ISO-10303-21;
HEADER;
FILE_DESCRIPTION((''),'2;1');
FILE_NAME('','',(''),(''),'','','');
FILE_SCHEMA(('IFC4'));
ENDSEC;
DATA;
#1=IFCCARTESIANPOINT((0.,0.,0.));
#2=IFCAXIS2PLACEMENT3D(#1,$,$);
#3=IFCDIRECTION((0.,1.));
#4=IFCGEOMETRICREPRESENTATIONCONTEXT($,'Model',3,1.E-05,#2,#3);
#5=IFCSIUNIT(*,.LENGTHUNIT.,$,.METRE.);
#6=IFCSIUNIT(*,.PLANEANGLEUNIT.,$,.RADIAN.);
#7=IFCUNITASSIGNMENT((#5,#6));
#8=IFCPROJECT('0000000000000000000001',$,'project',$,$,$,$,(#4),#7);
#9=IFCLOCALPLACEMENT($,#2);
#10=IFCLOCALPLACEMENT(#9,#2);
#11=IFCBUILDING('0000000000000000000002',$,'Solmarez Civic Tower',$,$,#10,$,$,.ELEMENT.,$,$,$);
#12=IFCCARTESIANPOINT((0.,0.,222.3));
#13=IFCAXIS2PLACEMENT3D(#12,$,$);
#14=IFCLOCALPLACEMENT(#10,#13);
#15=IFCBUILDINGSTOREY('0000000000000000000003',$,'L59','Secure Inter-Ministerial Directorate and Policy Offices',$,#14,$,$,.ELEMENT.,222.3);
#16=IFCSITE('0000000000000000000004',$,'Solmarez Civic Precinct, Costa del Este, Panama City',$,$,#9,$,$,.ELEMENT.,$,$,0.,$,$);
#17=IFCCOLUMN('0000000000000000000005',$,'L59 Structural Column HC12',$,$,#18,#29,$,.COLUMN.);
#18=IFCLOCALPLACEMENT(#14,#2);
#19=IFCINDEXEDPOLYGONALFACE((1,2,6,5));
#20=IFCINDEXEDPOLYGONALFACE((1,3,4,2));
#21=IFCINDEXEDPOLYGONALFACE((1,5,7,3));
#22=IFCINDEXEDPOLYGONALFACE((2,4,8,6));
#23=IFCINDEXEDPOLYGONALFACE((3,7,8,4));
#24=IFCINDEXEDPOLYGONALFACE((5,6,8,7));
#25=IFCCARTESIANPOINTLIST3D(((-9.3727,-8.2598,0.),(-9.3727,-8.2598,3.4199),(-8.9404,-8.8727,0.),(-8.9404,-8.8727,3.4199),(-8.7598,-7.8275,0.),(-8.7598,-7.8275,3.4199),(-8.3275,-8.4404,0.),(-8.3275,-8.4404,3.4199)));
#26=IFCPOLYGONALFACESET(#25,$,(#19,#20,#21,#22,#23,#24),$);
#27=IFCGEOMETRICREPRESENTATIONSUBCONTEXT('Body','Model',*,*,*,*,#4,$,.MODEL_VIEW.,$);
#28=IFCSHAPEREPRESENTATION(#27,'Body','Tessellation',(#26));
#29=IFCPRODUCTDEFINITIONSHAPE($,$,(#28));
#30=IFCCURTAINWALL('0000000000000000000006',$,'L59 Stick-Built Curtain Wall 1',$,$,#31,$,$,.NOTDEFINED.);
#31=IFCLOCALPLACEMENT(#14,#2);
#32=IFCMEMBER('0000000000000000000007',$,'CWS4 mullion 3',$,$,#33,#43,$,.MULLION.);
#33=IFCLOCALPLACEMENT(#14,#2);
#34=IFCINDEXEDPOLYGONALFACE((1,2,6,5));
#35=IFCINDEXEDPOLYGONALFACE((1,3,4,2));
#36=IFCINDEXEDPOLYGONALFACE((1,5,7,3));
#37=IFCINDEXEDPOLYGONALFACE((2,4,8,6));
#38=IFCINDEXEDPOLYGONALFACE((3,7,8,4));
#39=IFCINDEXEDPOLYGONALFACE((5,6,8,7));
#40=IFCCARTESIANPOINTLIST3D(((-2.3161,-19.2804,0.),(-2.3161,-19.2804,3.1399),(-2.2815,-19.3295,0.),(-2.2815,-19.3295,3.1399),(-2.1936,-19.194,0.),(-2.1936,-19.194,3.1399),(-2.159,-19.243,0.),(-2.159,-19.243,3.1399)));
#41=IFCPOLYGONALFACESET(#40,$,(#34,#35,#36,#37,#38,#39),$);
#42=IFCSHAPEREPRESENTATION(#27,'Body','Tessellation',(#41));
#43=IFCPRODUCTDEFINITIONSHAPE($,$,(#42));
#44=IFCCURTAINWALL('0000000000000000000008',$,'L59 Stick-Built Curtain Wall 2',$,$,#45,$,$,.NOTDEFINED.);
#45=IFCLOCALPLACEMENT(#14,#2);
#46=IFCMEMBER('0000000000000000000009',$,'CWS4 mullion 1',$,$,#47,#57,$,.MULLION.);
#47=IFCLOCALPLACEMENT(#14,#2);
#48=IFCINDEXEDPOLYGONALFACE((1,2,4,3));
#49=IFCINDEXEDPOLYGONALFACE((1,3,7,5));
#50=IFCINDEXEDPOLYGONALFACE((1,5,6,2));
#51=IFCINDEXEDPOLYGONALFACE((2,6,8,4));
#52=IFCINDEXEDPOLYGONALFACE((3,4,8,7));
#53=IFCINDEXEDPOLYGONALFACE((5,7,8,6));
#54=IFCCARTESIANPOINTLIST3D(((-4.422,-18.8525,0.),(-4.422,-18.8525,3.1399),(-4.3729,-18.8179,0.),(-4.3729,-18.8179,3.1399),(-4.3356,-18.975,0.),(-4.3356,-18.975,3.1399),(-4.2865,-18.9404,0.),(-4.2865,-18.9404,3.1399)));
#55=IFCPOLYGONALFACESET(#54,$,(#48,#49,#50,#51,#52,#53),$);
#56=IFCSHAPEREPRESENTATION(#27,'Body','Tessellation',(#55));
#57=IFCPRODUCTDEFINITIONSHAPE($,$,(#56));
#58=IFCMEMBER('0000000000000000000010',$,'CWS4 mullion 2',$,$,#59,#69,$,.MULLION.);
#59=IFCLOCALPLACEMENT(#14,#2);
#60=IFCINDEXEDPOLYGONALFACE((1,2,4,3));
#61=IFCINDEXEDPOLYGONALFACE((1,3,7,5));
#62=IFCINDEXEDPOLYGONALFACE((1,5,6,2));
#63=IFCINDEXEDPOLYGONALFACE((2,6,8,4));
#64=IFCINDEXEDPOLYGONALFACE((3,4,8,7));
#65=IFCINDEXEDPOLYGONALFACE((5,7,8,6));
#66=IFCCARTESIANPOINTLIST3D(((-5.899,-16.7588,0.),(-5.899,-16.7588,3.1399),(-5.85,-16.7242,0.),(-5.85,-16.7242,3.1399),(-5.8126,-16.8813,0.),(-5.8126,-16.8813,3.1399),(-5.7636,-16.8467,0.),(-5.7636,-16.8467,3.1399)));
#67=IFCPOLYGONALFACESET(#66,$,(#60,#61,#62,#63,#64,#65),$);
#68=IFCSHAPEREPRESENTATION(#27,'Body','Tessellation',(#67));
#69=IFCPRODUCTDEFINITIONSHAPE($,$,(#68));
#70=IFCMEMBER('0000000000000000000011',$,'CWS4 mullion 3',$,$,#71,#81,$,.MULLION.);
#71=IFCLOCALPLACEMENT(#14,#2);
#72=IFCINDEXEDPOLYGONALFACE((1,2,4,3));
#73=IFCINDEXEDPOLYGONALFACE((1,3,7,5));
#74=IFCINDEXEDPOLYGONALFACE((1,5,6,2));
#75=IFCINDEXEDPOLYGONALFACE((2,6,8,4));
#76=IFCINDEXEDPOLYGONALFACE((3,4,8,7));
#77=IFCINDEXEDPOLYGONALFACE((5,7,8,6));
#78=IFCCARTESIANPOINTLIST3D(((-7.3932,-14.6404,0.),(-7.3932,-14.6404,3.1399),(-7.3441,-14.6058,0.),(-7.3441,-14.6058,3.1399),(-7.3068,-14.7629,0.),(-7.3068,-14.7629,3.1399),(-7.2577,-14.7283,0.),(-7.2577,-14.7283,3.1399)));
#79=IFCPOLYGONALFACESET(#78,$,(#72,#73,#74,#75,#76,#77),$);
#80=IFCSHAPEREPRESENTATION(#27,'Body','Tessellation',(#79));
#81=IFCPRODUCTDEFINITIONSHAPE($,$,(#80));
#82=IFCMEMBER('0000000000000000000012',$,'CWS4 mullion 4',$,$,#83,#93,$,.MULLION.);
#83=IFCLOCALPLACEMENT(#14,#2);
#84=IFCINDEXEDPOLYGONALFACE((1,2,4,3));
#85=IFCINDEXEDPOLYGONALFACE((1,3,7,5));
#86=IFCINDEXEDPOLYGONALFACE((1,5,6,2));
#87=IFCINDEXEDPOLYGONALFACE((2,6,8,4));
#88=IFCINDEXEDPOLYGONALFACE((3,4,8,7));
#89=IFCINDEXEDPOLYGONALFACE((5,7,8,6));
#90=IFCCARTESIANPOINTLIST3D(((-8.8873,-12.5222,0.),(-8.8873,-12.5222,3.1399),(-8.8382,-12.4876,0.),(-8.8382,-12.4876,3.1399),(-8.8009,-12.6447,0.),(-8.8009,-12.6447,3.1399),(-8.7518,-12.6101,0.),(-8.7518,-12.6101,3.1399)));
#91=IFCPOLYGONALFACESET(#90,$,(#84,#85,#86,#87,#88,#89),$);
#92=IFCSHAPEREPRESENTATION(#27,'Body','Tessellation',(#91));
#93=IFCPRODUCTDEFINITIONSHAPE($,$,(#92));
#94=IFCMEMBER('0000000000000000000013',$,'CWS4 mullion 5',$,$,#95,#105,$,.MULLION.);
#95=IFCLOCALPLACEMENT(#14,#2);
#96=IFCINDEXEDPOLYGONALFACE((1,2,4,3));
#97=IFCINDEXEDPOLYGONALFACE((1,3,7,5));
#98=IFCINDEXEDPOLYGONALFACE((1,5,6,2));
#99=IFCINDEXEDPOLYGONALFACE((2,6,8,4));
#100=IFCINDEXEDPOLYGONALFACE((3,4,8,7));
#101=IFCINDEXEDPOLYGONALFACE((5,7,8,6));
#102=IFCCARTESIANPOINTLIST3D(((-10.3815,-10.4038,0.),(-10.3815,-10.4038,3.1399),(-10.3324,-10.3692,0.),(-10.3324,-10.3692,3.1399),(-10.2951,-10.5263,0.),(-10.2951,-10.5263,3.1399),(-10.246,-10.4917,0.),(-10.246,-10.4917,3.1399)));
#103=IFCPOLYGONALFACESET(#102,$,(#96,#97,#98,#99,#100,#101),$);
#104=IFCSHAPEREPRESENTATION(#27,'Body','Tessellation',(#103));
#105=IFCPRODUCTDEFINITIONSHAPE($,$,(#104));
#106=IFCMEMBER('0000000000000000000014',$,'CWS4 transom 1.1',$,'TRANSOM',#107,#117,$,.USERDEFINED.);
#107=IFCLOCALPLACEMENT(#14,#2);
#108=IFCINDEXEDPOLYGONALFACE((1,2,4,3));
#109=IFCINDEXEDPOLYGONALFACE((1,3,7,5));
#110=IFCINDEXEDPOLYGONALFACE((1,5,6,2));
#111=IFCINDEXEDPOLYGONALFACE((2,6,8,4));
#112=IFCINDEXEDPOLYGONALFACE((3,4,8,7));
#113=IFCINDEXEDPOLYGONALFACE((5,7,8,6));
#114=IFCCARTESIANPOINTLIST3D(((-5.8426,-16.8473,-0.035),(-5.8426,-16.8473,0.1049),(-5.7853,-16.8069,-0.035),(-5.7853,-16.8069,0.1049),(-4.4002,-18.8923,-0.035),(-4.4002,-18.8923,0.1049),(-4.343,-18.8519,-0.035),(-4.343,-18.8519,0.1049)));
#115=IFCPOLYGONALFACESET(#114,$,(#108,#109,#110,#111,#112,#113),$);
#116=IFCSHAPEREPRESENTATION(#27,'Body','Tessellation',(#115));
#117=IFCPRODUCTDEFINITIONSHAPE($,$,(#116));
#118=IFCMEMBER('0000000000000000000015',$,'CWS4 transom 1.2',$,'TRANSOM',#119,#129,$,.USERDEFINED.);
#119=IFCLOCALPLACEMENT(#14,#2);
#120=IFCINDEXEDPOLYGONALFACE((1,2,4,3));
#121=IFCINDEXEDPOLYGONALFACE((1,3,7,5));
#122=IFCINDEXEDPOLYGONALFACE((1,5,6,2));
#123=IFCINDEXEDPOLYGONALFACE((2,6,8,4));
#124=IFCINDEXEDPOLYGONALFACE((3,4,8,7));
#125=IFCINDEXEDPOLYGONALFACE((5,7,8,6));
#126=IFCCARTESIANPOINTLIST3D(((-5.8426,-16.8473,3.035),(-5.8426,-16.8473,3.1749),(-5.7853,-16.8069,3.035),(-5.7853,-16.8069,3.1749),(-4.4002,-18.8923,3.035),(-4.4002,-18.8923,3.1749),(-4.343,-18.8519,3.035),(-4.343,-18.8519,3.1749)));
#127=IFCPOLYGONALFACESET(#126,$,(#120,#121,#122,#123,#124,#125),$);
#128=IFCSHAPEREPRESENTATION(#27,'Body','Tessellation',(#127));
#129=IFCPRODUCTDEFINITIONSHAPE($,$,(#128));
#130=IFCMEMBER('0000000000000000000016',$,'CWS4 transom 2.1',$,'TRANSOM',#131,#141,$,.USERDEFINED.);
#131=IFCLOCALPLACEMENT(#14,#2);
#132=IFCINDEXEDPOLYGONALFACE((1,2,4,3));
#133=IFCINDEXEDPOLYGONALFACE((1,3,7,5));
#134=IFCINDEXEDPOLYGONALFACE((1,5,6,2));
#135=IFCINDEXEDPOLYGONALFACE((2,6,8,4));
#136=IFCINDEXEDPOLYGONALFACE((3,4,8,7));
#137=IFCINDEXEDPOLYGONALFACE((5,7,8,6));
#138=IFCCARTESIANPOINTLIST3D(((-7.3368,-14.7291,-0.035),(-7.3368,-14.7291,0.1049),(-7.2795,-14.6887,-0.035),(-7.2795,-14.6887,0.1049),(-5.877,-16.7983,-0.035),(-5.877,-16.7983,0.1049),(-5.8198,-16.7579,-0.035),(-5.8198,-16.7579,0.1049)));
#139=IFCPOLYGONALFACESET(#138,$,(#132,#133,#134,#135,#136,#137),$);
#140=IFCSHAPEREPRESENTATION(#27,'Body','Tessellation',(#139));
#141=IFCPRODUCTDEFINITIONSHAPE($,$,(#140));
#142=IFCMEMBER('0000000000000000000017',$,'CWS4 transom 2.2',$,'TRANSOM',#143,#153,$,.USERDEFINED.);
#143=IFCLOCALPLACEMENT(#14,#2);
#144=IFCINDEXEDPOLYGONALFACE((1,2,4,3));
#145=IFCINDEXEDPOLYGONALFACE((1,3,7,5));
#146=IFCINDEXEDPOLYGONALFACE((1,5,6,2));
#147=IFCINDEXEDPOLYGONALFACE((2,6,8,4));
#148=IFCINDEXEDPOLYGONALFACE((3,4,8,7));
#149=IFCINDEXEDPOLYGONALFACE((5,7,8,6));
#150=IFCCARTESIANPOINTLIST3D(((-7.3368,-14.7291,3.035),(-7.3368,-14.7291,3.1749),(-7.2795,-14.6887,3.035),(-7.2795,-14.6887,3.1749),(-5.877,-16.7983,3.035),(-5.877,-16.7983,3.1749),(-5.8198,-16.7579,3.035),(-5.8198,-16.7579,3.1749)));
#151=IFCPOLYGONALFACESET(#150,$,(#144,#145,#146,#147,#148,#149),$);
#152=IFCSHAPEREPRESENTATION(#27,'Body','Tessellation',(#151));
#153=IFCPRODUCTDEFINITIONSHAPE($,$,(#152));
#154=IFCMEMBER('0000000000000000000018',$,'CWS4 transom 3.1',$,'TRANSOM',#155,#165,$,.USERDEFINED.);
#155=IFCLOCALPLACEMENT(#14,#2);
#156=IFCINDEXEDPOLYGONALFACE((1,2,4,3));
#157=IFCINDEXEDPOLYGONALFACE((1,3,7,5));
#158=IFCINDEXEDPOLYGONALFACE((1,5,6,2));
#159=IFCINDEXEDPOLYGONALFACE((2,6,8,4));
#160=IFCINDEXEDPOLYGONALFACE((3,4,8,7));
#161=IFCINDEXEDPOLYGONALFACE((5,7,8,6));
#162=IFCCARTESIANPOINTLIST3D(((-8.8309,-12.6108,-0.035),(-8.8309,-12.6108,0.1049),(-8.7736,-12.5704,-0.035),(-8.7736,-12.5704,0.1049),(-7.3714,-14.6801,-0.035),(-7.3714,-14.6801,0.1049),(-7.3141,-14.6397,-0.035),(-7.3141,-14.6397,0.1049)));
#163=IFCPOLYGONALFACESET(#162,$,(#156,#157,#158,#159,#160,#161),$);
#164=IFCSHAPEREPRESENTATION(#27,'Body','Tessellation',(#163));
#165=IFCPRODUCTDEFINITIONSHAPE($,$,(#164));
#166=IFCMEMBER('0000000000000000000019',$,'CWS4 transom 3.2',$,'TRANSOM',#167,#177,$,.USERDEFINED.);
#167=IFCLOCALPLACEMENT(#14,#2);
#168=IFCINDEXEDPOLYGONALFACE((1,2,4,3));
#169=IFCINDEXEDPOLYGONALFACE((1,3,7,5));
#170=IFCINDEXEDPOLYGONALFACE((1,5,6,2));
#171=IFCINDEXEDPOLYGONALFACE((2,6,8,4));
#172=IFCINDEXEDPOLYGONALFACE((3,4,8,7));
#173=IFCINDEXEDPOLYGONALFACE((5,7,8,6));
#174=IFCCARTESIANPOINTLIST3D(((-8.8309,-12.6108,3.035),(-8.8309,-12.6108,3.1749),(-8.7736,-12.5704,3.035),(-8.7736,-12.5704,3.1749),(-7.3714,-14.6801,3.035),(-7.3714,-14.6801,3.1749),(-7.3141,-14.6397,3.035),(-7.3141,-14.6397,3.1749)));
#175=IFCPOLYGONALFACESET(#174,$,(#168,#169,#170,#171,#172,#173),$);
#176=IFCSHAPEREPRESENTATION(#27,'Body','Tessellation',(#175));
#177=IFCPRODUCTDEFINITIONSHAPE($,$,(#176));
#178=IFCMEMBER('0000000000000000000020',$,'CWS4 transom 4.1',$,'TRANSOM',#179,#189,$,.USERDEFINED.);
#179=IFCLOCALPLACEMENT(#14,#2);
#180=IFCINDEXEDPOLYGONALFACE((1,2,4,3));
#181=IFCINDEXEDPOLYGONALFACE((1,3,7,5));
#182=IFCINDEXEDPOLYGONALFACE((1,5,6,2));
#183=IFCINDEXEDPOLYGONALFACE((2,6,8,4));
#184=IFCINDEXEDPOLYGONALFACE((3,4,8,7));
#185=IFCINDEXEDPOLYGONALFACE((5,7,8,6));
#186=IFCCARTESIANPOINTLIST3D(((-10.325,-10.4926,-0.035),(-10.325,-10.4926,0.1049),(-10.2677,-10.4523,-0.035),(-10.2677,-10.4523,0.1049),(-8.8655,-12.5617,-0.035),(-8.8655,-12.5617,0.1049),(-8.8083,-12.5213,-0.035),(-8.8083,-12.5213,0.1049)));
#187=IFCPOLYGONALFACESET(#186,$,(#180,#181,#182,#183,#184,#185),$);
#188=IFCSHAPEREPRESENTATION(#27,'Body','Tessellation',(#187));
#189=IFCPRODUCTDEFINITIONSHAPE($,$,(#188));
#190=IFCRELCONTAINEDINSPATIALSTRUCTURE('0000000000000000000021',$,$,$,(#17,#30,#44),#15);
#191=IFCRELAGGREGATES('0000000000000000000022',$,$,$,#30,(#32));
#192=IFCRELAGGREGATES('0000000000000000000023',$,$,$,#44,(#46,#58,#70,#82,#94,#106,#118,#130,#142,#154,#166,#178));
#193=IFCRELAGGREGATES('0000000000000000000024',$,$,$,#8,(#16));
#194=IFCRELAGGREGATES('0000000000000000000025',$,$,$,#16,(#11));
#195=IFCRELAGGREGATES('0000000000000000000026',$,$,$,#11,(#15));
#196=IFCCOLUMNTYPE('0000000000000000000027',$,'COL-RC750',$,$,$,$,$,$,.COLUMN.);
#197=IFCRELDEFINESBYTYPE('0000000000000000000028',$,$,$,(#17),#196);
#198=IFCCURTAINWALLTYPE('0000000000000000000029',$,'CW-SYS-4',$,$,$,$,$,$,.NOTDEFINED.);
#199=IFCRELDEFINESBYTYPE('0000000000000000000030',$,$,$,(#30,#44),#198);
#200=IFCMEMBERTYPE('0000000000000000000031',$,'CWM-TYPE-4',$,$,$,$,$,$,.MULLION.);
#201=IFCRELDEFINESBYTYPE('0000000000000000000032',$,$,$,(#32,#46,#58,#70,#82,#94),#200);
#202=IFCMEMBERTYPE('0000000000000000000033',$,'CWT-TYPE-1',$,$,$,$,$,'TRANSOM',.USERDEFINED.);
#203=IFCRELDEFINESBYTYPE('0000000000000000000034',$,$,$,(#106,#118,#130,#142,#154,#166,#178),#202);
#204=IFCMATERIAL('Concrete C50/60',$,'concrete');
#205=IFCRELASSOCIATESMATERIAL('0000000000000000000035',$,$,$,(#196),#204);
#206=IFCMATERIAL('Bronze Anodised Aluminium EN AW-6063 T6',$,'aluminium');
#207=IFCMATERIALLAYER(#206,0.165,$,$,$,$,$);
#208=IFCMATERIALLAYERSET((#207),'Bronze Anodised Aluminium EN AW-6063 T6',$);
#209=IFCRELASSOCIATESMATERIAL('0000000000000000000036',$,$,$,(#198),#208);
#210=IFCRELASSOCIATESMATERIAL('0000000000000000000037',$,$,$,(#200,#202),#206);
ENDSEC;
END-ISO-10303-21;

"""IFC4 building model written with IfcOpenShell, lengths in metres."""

from ifc_helpers import new_model, si_unit, direction, frame, origin, origin_2d, place, context, subcontext, project, spatial, rectangle, extrude, material, layer, layer_set, material_profile, profile_set, type_object, element, aggregate, save


model = new_model("IFC4")

# Units and contexts
model_context = context("Model", 3, precision=1e-05, world=origin(), true_north=direction((0.0, 1.0)))
body_context = subcontext(model_context, "Body", "Model", "MODEL_VIEW")
ifc_project = project(units=[si_unit("LENGTHUNIT", "METRE"), si_unit("PLANEANGLEUNIT", "RADIAN")], contexts=[model_context])

# Site, building, storey
site_placement = place(None, origin())
site = spatial("IfcSite", under=ifc_project, at=site_placement, Name="Solmarez Civic Precinct, Costa del Este, Panama City", CompositionType="ELEMENT", RefElevation=0.0)
building_placement = place(site_placement, origin())
building = spatial("IfcBuilding", under=site, at=building_placement, Name="Solmarez Civic Tower", CompositionType="ELEMENT")
storey_placement = place(building_placement, frame((0.0, 0.0, 222.3)))
storey = spatial("IfcBuildingStorey", under=building, at=storey_placement, Name="L59", Description="Secure Inter-Ministerial Directorate and Policy Offices", CompositionType="ELEMENT", Elevation=222.3)

# Column
ifc_material_1 = material(Name="Concrete C50/60", Category="concrete")
ifc_material_profile_1 = material_profile(ifc_material_1, rectangle(XDim=0.75, YDim=0.75, at=origin_2d()), Name="RC750X750")
ifc_profile_set_1 = profile_set([ifc_material_profile_1], Name="Concrete C50/60")
column_type = type_object("IfcColumnType", Name="COL-RC750", PredefinedType="COLUMN", material=ifc_profile_set_1)
column_placement = place(storey_placement, frame((-8.8501, -8.3501, 0.0), z_axis=(0.0, 0.0, 1.0), x_axis=(0.817145, 0.576432, 0.0)))
element("IfcColumn", 1, at=column_placement, inside=storey, type_object=column_type, Name="L59 Structural Column HC12", PredefinedType="COLUMN", context=body_context, shape_type="SweptSolid", body=[
    extrude(rectangle(XDim=0.75, YDim=0.75, at=origin_2d()), origin(), (0.0, 0.0, 1.0), 3.4199),
])

# Curtain wall, member
ifc_material_2 = material(Name="Bronze Anodised Aluminium EN AW-6063 T6", Category="aluminium")
ifc_layer_1 = layer(ifc_material_2, 0.165)
ifc_layer_set_1 = layer_set([ifc_layer_1], Name="Bronze Anodised Aluminium EN AW-6063 T6")
curtain_wall_type = type_object("IfcCurtainWallType", Name="CW-SYS-4", PredefinedType="NOTDEFINED", material=ifc_layer_set_1)
curtain_wall_1_placement = place(storey_placement, origin())
curtain_wall_1 = element("IfcCurtainWall", 2, at=curtain_wall_1_placement, inside=storey, type_object=curtain_wall_type, Name="L59 Stick-Built Curtain Wall 1", PredefinedType="NOTDEFINED")
ifc_material_profile_2 = material_profile(ifc_material_2, rectangle(XDim=0.0601, YDim=0.1499, at=origin_2d()), Name="CWM-60X150")
ifc_profile_set_2 = profile_set([ifc_material_profile_2], Name="Bronze Anodised Aluminium EN AW-6063 T6")
member_type_1 = type_object("IfcMemberType", Name="CWM-TYPE-4", PredefinedType="MULLION", material=ifc_profile_set_2)
member_1_placement = place(storey_placement, frame((-2.2375, -19.2617, 0.0), z_axis=(0.0, 0.0, 1.0), x_axis=(0.576559, -0.817055, 0.0)))
member_1 = element("IfcMember", 3, at=member_1_placement, type_object=member_type_1, Name="CWS4 mullion 3", PredefinedType="MULLION", context=body_context, shape_type="SweptSolid", body=[
    extrude(rectangle(XDim=0.0601, YDim=0.1499, at=origin_2d()), origin(), (0.0, 0.0, 1.0), 3.1399),
])

# Curtain wall, members
curtain_wall_2_placement = place(storey_placement, origin())
curtain_wall_2 = element("IfcCurtainWall", 4, at=curtain_wall_2_placement, inside=storey, type_object=curtain_wall_type, Name="L59 Stick-Built Curtain Wall 2", PredefinedType="NOTDEFINED")
member_2_placement = place(storey_placement, frame((-4.3542, -18.8965, 0.0), z_axis=(0.0, 0.0, 1.0), x_axis=(-0.817162, -0.576408, 0.0)))
member_2 = element("IfcMember", 5, at=member_2_placement, type_object=member_type_1, Name="CWS4 mullion 1", PredefinedType="MULLION", context=body_context, shape_type="SweptSolid", body=[
    extrude(rectangle(XDim=0.0601, YDim=0.1499, at=origin_2d()), origin(), (0.0, 0.0, 1.0), 3.1399),
])
member_3_placement = place(storey_placement, frame((-5.8313, -16.8027, 0.0), z_axis=(0.0, 0.0, 1.0), x_axis=(-0.817162, -0.576408, 0.0)))
member_3 = element("IfcMember", 6, at=member_3_placement, type_object=member_type_1, Name="CWS4 mullion 2", PredefinedType="MULLION", context=body_context, shape_type="SweptSolid", body=[
    extrude(rectangle(XDim=0.0601, YDim=0.1499, at=origin_2d()), origin(), (0.0, 0.0, 1.0), 3.1399),
])
member_4_placement = place(storey_placement, frame((-7.3254, -14.6843, 0.0), z_axis=(0.0, 0.0, 1.0), x_axis=(-0.817162, -0.576408, 0.0)))
member_4 = element("IfcMember", 7, at=member_4_placement, type_object=member_type_1, Name="CWS4 mullion 3", PredefinedType="MULLION", context=body_context, shape_type="SweptSolid", body=[
    extrude(rectangle(XDim=0.0601, YDim=0.1499, at=origin_2d()), origin(), (0.0, 0.0, 1.0), 3.1399),
])
member_5_placement = place(storey_placement, frame((-8.8196, -12.5662, 0.0), z_axis=(0.0, 0.0, 1.0), x_axis=(-0.817162, -0.576408, 0.0)))
member_5 = element("IfcMember", 8, at=member_5_placement, type_object=member_type_1, Name="CWS4 mullion 4", PredefinedType="MULLION", context=body_context, shape_type="SweptSolid", body=[
    extrude(rectangle(XDim=0.0601, YDim=0.1499, at=origin_2d()), origin(), (0.0, 0.0, 1.0), 3.1399),
])
member_6_placement = place(storey_placement, frame((-10.3137, -10.4478, 0.0), z_axis=(0.0, 0.0, 1.0), x_axis=(-0.817162, -0.576408, 0.0)))
member_6 = element("IfcMember", 9, at=member_6_placement, type_object=member_type_1, Name="CWS4 mullion 5", PredefinedType="MULLION", context=body_context, shape_type="SweptSolid", body=[
    extrude(rectangle(XDim=0.0601, YDim=0.1499, at=origin_2d()), origin(), (0.0, 0.0, 1.0), 3.1399),
])
ifc_material_profile_3 = material_profile(ifc_material_2, rectangle(XDim=0.0701, YDim=0.1399, at=origin_2d()), Name="CWT-70X140")
ifc_profile_set_3 = profile_set([ifc_material_profile_3], Name="Bronze Anodised Aluminium EN AW-6063 T6")
member_type_2 = type_object("IfcMemberType", Name="CWT-TYPE-1", ElementType="TRANSOM", PredefinedType="USERDEFINED", material=ifc_profile_set_3)
member_7_placement = place(storey_placement, frame((-4.3716, -18.8721, 0.0349), z_axis=(-0.576392, 0.817173, 0.0), x_axis=(-0.817173, -0.576392, 0.0)))
member_7 = element("IfcMember", 10, at=member_7_placement, type_object=member_type_2, Name="CWS4 transom 1.1", ObjectType="TRANSOM", PredefinedType="USERDEFINED", context=body_context, shape_type="SweptSolid", body=[
    extrude(rectangle(XDim=0.0701, YDim=0.1399, at=origin_2d()), origin(), (0.0, 0.0, 1.0), 2.5024),
])
member_8_placement = place(storey_placement, frame((-4.3716, -18.8721, 3.105), z_axis=(-0.576392, 0.817173, 0.0), x_axis=(-0.817173, -0.576392, 0.0)))
member_8 = element("IfcMember", 11, at=member_8_placement, type_object=member_type_2, Name="CWS4 transom 1.2", ObjectType="TRANSOM", PredefinedType="USERDEFINED", context=body_context, shape_type="SweptSolid", body=[
    extrude(rectangle(XDim=0.0701, YDim=0.1399, at=origin_2d()), origin(), (0.0, 0.0, 1.0), 2.5024),
])
member_9_placement = place(storey_placement, frame((-5.8484, -16.7781, 0.0349), z_axis=(-0.576467, 0.81712, 0.0), x_axis=(-0.81712, -0.576467, 0.0)))
member_9 = element("IfcMember", 12, at=member_9_placement, type_object=member_type_2, Name="CWS4 transom 2.1", ObjectType="TRANSOM", PredefinedType="USERDEFINED", context=body_context, shape_type="SweptSolid", body=[
    extrude(rectangle(XDim=0.0701, YDim=0.1399, at=origin_2d()), origin(), (0.0, 0.0, 1.0), 2.5322),
])
member_10_placement = place(storey_placement, frame((-5.8484, -16.7781, 3.105), z_axis=(-0.576467, 0.81712, 0.0), x_axis=(-0.81712, -0.576467, 0.0)))
member_10 = element("IfcMember", 13, at=member_10_placement, type_object=member_type_2, Name="CWS4 transom 2.2", ObjectType="TRANSOM", PredefinedType="USERDEFINED", context=body_context, shape_type="SweptSolid", body=[
    extrude(rectangle(XDim=0.0701, YDim=0.1399, at=origin_2d()), origin(), (0.0, 0.0, 1.0), 2.5322),
])
member_11_placement = place(storey_placement, frame((-7.3428, -14.6599, 0.0349), z_axis=(-0.576358, 0.817198, 0.0), x_axis=(-0.817198, -0.576358, 0.0)))
member_11 = element("IfcMember", 14, at=member_11_placement, type_object=member_type_2, Name="CWS4 transom 3.1", ObjectType="TRANSOM", PredefinedType="USERDEFINED", context=body_context, shape_type="SweptSolid", body=[
    extrude(rectangle(XDim=0.0701, YDim=0.1399, at=origin_2d()), origin(), (0.0, 0.0, 1.0), 2.5322),
])
member_12_placement = place(storey_placement, frame((-7.3428, -14.6599, 3.105), z_axis=(-0.576358, 0.817198, 0.0), x_axis=(-0.817198, -0.576358, 0.0)))
member_12 = element("IfcMember", 15, at=member_12_placement, type_object=member_type_2, Name="CWS4 transom 3.2", ObjectType="TRANSOM", PredefinedType="USERDEFINED", context=body_context, shape_type="SweptSolid", body=[
    extrude(rectangle(XDim=0.0701, YDim=0.1399, at=origin_2d()), origin(), (0.0, 0.0, 1.0), 2.5322),
])
member_13_placement = place(storey_placement, frame((-8.8369, -12.5415, 0.0349), z_axis=(-0.576403, 0.817166, 0.0), x_axis=(-0.817166, -0.576403, 0.0)))
member_13 = element("IfcMember", 16, at=member_13_placement, type_object=member_type_2, Name="CWS4 transom 4.1", ObjectType="TRANSOM", PredefinedType="USERDEFINED", context=body_context, shape_type="SweptSolid", body=[
    extrude(rectangle(XDim=0.0701, YDim=0.1399, at=origin_2d()), origin(), (0.0, 0.0, 1.0), 2.532),
])

aggregate(curtain_wall_1, [member_1])
aggregate(curtain_wall_2, [member_2, member_3, member_4, member_5, member_6, member_7, member_8, member_9, member_10, member_11, member_12, member_13])

save(model, "model.ifc")
